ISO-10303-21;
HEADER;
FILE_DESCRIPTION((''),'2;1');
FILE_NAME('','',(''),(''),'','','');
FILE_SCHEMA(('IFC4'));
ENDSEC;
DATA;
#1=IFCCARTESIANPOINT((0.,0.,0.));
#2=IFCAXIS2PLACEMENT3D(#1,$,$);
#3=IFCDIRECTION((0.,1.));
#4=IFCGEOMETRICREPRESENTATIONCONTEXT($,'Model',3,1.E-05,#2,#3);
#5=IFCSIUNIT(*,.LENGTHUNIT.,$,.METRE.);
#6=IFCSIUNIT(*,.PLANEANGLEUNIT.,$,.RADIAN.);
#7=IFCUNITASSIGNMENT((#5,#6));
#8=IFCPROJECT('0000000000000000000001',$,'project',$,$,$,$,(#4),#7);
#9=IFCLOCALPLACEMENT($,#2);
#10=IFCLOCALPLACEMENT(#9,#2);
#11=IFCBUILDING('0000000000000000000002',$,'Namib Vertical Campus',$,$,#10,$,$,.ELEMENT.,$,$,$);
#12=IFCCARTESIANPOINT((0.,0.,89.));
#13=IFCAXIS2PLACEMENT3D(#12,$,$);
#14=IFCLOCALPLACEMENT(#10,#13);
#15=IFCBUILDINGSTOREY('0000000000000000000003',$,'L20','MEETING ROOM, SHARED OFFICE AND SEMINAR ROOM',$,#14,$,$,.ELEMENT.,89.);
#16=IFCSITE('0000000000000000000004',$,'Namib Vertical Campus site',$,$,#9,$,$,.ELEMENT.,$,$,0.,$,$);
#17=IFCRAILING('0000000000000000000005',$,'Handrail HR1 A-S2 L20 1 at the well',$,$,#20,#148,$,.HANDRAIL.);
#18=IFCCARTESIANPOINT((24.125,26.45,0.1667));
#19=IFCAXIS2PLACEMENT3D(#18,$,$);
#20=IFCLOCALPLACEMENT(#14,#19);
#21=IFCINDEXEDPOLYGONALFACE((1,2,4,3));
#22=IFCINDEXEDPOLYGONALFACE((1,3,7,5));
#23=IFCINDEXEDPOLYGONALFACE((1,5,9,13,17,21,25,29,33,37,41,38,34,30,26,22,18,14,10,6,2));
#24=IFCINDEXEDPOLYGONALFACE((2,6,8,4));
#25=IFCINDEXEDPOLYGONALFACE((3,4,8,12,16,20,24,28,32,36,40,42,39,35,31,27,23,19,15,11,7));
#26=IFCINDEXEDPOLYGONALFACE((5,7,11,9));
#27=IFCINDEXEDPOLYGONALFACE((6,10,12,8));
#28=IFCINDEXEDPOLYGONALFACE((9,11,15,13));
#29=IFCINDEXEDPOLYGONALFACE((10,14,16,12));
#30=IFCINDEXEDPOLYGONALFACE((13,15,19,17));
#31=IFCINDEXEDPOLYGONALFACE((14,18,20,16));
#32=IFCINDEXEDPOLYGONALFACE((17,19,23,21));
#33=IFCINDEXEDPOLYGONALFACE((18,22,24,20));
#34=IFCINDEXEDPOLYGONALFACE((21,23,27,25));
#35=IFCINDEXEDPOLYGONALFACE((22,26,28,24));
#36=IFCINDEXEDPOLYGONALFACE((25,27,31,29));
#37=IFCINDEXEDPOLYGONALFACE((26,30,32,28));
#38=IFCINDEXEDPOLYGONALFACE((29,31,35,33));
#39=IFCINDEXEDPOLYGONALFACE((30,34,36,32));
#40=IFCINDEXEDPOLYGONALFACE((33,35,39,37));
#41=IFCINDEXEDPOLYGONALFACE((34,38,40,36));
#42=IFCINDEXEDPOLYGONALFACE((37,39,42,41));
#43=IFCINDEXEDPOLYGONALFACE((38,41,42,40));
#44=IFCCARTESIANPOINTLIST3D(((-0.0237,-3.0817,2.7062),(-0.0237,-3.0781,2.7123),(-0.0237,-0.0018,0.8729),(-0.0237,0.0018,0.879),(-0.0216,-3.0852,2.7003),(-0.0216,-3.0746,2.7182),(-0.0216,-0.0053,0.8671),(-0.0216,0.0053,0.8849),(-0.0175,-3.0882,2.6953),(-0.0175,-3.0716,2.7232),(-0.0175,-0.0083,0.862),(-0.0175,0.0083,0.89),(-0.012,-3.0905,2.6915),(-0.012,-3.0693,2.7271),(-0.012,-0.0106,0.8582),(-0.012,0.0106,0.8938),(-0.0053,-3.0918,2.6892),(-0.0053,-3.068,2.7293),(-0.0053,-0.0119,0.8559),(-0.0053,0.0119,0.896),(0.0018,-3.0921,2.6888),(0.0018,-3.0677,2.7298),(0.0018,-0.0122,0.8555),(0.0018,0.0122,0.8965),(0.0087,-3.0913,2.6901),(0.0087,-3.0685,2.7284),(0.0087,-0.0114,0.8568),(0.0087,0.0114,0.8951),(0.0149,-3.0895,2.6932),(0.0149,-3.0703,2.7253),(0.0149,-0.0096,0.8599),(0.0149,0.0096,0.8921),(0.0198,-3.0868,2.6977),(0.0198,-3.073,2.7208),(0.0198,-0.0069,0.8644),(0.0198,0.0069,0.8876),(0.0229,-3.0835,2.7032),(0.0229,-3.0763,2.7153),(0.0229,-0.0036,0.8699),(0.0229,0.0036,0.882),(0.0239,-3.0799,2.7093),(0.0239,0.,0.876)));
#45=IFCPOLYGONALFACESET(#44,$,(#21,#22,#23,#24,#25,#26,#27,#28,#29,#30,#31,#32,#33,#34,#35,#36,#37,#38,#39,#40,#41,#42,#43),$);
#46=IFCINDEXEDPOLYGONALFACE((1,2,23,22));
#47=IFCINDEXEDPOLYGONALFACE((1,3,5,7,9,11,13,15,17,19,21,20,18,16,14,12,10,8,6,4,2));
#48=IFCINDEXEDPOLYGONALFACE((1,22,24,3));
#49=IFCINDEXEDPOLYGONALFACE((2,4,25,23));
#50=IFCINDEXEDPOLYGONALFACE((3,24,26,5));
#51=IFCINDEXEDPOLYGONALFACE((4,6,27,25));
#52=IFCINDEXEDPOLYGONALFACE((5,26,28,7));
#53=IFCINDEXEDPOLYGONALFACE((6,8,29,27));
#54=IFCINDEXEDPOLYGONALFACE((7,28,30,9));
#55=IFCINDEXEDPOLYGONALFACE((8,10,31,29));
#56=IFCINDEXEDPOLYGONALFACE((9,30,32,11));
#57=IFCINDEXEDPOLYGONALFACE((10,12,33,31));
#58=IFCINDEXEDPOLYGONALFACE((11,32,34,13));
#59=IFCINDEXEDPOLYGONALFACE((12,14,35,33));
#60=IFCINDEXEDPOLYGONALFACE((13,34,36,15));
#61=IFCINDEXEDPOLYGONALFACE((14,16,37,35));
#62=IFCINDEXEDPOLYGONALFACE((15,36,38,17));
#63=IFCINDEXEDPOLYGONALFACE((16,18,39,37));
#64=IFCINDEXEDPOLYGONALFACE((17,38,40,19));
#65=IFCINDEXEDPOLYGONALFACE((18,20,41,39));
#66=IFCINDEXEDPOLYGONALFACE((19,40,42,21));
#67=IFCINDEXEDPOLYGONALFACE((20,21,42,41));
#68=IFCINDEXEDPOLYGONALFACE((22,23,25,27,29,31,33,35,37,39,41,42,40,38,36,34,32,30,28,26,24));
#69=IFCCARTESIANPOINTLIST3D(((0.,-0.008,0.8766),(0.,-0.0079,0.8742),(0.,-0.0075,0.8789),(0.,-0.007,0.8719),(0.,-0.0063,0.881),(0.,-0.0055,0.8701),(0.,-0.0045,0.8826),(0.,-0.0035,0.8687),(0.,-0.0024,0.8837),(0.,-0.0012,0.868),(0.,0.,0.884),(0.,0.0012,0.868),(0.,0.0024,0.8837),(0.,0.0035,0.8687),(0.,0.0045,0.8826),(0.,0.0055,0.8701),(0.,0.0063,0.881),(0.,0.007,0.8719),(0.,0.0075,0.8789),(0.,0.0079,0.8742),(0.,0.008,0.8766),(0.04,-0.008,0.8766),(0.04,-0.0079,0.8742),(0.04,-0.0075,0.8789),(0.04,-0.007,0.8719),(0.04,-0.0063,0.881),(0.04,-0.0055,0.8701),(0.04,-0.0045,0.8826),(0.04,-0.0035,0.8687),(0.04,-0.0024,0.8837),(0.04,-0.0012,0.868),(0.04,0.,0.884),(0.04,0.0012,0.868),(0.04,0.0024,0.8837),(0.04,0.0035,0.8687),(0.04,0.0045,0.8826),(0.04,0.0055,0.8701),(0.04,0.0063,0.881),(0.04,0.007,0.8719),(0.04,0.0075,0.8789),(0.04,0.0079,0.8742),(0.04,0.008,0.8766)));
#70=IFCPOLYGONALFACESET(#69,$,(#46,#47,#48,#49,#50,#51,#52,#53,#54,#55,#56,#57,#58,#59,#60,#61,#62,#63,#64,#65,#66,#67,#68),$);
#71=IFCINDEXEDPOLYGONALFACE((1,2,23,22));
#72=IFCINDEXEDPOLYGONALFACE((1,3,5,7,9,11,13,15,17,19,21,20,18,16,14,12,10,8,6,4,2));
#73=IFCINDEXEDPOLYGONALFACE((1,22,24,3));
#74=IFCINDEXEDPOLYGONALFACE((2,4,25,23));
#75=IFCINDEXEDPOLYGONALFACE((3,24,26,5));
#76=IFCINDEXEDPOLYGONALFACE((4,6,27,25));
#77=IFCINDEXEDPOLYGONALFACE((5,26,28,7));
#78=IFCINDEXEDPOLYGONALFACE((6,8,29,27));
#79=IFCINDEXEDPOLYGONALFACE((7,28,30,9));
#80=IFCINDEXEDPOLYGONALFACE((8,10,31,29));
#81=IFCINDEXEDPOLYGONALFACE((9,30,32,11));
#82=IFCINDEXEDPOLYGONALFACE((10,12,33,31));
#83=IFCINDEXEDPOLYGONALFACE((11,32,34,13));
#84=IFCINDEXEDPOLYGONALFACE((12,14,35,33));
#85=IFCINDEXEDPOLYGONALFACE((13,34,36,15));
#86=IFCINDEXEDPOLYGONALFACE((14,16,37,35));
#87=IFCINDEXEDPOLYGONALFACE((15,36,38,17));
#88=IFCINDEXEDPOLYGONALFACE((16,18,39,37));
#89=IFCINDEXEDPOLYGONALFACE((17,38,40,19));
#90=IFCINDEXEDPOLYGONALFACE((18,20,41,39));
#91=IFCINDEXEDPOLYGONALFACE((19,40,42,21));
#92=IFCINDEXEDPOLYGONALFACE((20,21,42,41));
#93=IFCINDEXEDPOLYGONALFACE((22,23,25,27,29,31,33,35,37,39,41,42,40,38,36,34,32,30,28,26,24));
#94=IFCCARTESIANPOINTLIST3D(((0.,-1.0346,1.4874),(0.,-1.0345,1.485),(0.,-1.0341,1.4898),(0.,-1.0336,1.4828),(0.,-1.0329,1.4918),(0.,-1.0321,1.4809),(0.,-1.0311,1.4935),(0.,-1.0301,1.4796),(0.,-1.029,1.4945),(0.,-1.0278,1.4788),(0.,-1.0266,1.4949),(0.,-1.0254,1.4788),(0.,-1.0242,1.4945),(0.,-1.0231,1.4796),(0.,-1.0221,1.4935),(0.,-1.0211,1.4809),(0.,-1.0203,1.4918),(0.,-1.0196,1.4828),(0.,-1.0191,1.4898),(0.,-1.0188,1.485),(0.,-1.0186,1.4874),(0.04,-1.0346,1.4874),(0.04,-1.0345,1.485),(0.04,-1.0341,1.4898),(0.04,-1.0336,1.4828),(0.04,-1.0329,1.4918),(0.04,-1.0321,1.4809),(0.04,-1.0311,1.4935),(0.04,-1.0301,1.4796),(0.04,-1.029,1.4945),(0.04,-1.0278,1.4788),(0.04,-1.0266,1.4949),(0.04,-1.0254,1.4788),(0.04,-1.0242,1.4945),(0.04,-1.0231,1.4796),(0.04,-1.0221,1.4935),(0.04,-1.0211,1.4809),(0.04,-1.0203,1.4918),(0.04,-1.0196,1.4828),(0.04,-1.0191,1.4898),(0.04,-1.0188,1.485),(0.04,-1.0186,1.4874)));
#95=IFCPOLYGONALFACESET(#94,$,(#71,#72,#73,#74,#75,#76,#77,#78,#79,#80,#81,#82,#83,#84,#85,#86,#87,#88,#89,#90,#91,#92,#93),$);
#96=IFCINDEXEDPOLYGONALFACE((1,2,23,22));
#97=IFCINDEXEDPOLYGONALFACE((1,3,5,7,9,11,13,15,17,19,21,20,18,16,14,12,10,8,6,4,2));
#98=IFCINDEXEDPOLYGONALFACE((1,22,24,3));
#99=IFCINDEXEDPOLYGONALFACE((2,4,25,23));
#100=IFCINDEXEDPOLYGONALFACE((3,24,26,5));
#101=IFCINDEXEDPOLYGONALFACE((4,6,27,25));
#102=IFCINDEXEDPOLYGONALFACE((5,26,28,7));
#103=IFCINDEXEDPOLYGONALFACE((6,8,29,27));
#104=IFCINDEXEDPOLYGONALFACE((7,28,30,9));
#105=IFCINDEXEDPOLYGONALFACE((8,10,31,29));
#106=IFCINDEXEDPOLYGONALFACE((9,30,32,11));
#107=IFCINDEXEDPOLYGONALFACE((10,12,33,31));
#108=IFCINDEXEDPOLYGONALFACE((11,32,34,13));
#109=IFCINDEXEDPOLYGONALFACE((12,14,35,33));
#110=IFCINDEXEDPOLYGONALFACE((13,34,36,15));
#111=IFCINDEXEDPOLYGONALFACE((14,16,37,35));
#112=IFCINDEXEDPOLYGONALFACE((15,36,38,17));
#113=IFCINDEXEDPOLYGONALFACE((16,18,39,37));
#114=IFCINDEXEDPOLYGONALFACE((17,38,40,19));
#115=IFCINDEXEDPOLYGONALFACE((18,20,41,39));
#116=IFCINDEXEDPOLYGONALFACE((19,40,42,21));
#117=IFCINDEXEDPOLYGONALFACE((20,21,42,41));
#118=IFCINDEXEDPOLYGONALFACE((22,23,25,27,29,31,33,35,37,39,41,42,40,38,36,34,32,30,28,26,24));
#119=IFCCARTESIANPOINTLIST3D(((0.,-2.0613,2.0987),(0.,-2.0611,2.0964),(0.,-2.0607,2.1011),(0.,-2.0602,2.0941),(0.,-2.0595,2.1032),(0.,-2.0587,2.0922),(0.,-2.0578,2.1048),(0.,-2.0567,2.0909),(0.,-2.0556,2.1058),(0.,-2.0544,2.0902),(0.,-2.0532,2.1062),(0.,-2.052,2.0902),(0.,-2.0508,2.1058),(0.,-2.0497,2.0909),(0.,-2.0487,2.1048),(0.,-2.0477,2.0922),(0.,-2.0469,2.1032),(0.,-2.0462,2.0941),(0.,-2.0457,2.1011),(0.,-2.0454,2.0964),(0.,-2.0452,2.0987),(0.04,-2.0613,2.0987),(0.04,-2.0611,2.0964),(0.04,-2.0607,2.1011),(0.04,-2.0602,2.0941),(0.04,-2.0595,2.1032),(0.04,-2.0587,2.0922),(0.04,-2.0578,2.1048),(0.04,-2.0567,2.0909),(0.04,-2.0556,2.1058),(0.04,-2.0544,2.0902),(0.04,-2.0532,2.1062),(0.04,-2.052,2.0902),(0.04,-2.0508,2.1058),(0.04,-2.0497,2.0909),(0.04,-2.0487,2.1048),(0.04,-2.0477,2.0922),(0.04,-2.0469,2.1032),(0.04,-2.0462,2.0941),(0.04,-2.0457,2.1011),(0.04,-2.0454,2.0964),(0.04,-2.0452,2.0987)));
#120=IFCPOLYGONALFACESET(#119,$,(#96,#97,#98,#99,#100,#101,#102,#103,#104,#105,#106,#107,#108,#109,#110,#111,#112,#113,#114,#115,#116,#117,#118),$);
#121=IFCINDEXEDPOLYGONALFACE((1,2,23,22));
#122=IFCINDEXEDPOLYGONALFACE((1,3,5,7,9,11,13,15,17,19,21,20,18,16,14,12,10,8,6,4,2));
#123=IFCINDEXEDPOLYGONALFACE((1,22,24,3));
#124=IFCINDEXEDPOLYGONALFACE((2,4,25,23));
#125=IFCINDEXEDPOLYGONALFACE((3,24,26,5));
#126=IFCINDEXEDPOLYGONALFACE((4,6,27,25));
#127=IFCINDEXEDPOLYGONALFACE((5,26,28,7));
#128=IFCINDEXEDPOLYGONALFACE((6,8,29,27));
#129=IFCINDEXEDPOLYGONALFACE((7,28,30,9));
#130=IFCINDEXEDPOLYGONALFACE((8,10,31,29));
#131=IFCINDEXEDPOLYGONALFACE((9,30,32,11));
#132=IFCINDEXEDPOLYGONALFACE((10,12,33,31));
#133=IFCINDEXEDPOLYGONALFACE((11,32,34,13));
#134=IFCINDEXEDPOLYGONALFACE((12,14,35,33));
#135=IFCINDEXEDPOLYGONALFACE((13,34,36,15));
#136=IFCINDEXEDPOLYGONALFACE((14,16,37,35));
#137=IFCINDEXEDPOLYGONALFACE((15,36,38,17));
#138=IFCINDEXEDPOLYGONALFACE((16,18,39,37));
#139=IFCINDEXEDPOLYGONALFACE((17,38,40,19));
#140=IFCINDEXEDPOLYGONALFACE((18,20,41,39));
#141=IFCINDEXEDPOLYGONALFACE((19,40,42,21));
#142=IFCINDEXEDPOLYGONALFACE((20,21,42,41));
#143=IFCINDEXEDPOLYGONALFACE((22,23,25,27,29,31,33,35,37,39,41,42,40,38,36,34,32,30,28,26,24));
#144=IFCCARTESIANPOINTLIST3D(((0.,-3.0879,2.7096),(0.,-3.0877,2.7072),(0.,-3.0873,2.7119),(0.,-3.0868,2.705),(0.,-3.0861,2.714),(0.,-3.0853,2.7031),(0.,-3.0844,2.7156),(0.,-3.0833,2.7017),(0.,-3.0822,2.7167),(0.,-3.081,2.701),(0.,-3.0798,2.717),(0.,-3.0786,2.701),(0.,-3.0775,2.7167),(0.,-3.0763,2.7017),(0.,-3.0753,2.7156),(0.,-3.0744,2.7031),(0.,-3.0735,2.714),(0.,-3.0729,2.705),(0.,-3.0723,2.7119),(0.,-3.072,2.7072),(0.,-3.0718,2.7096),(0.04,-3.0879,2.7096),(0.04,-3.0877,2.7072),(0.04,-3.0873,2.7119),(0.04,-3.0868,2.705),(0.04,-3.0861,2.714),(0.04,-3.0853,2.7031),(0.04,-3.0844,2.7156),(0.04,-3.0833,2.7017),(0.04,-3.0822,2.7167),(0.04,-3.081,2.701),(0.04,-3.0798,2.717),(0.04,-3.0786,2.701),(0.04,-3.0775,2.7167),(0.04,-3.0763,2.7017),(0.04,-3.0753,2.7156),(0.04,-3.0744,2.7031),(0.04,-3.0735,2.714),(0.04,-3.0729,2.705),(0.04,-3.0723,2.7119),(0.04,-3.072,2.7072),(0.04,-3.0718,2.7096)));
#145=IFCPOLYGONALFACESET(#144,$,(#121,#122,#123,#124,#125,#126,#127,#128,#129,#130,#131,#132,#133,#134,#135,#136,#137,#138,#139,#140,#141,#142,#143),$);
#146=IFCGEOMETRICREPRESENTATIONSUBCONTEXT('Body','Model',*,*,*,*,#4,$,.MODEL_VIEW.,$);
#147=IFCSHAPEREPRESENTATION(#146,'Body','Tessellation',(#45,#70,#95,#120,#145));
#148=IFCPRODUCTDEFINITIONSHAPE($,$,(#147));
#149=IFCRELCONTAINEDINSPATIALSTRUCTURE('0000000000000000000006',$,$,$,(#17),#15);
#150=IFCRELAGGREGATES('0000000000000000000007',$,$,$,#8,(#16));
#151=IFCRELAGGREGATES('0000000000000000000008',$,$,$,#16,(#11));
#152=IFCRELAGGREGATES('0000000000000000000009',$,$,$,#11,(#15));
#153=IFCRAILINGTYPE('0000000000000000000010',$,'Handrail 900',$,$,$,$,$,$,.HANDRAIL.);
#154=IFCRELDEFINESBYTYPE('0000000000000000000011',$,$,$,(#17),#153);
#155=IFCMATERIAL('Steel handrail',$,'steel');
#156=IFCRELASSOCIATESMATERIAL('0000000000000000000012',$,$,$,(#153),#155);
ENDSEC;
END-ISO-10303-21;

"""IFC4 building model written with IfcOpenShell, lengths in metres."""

from ifc_helpers import new_model, si_unit, direction, frame, origin, origin_2d, place, context, subcontext, project, spatial, circle, extrude, material, type_object, element, save


model = new_model("IFC4")

# Units and contexts
model_context = context("Model", 3, precision=1e-05, world=origin(), true_north=direction((0.0, 1.0)))
body_context = subcontext(model_context, "Body", "Model", "MODEL_VIEW")
ifc_project = project(units=[si_unit("LENGTHUNIT", "METRE"), si_unit("PLANEANGLEUNIT", "RADIAN")], contexts=[model_context])

# Site, building, storey
site_placement = place(None, origin())
site = spatial("IfcSite", under=ifc_project, at=site_placement, Name="Namib Vertical Campus site", CompositionType="ELEMENT", RefElevation=0.0)
building_placement = place(site_placement, origin())
building = spatial("IfcBuilding", under=site, at=building_placement, Name="Namib Vertical Campus", CompositionType="ELEMENT")
storey_placement = place(building_placement, frame((0.0, 0.0, 89.0)))
storey = spatial("IfcBuildingStorey", under=building, at=storey_placement, Name="L20", Description="MEETING ROOM, SHARED OFFICE AND SEMINAR ROOM", CompositionType="ELEMENT", Elevation=89.0)

# Railing
ifc_material_1 = material(Name="Steel handrail", Category="steel")
railing_type_1 = type_object("IfcRailingType", Name="Handrail 900", PredefinedType="HANDRAIL", material=ifc_material_1)
railing_1_placement = place(storey_placement, frame((24.125, 26.45, 0.1667)))
element("IfcRailing", 1, at=railing_1_placement, inside=storey, type_object=railing_type_1, Name="Handrail HR1 A-S2 L20 1 at the well", PredefinedType="HANDRAIL", context=body_context, shape_type="SweptSolid", body=[
    extrude(circle(Radius=0.0239, at=origin_2d()), frame((0.0, 0.0, 0.876), z_axis=(0.0, -0.859291, 0.511487), x_axis=(1.0, 0.0, 0.0)), (0.0, 0.0, 1.0), 3.5842),
    extrude(circle(Radius=0.0081, at=origin_2d()), frame((0.0, 0.0, 0.876), z_axis=(1.0, 0.0, 0.0), x_axis=(0.0, 0.0, 1.0)), (0.0, 0.0, 1.0), 0.04),
    extrude(circle(Radius=0.0081, at=origin_2d()), frame((0.0, -1.0266, 1.4868), z_axis=(1.0, 0.0, 0.0), x_axis=(0.0, 0.0, 1.0)), (0.0, 0.0, 1.0), 0.04),
    extrude(circle(Radius=0.0081, at=origin_2d()), frame((0.0, -2.0532, 2.0981), z_axis=(1.0, 0.0, 0.0), x_axis=(0.0, 0.0, 1.0)), (0.0, 0.0, 1.0), 0.04),
    extrude(circle(Radius=0.0081, at=origin_2d()), frame((0.0, -3.0798, 2.709), z_axis=(1.0, 0.0, 0.0), x_axis=(0.0, 0.0, 1.0)), (0.0, 0.0, 1.0), 0.04),
])

save(model, "model.ifc")
